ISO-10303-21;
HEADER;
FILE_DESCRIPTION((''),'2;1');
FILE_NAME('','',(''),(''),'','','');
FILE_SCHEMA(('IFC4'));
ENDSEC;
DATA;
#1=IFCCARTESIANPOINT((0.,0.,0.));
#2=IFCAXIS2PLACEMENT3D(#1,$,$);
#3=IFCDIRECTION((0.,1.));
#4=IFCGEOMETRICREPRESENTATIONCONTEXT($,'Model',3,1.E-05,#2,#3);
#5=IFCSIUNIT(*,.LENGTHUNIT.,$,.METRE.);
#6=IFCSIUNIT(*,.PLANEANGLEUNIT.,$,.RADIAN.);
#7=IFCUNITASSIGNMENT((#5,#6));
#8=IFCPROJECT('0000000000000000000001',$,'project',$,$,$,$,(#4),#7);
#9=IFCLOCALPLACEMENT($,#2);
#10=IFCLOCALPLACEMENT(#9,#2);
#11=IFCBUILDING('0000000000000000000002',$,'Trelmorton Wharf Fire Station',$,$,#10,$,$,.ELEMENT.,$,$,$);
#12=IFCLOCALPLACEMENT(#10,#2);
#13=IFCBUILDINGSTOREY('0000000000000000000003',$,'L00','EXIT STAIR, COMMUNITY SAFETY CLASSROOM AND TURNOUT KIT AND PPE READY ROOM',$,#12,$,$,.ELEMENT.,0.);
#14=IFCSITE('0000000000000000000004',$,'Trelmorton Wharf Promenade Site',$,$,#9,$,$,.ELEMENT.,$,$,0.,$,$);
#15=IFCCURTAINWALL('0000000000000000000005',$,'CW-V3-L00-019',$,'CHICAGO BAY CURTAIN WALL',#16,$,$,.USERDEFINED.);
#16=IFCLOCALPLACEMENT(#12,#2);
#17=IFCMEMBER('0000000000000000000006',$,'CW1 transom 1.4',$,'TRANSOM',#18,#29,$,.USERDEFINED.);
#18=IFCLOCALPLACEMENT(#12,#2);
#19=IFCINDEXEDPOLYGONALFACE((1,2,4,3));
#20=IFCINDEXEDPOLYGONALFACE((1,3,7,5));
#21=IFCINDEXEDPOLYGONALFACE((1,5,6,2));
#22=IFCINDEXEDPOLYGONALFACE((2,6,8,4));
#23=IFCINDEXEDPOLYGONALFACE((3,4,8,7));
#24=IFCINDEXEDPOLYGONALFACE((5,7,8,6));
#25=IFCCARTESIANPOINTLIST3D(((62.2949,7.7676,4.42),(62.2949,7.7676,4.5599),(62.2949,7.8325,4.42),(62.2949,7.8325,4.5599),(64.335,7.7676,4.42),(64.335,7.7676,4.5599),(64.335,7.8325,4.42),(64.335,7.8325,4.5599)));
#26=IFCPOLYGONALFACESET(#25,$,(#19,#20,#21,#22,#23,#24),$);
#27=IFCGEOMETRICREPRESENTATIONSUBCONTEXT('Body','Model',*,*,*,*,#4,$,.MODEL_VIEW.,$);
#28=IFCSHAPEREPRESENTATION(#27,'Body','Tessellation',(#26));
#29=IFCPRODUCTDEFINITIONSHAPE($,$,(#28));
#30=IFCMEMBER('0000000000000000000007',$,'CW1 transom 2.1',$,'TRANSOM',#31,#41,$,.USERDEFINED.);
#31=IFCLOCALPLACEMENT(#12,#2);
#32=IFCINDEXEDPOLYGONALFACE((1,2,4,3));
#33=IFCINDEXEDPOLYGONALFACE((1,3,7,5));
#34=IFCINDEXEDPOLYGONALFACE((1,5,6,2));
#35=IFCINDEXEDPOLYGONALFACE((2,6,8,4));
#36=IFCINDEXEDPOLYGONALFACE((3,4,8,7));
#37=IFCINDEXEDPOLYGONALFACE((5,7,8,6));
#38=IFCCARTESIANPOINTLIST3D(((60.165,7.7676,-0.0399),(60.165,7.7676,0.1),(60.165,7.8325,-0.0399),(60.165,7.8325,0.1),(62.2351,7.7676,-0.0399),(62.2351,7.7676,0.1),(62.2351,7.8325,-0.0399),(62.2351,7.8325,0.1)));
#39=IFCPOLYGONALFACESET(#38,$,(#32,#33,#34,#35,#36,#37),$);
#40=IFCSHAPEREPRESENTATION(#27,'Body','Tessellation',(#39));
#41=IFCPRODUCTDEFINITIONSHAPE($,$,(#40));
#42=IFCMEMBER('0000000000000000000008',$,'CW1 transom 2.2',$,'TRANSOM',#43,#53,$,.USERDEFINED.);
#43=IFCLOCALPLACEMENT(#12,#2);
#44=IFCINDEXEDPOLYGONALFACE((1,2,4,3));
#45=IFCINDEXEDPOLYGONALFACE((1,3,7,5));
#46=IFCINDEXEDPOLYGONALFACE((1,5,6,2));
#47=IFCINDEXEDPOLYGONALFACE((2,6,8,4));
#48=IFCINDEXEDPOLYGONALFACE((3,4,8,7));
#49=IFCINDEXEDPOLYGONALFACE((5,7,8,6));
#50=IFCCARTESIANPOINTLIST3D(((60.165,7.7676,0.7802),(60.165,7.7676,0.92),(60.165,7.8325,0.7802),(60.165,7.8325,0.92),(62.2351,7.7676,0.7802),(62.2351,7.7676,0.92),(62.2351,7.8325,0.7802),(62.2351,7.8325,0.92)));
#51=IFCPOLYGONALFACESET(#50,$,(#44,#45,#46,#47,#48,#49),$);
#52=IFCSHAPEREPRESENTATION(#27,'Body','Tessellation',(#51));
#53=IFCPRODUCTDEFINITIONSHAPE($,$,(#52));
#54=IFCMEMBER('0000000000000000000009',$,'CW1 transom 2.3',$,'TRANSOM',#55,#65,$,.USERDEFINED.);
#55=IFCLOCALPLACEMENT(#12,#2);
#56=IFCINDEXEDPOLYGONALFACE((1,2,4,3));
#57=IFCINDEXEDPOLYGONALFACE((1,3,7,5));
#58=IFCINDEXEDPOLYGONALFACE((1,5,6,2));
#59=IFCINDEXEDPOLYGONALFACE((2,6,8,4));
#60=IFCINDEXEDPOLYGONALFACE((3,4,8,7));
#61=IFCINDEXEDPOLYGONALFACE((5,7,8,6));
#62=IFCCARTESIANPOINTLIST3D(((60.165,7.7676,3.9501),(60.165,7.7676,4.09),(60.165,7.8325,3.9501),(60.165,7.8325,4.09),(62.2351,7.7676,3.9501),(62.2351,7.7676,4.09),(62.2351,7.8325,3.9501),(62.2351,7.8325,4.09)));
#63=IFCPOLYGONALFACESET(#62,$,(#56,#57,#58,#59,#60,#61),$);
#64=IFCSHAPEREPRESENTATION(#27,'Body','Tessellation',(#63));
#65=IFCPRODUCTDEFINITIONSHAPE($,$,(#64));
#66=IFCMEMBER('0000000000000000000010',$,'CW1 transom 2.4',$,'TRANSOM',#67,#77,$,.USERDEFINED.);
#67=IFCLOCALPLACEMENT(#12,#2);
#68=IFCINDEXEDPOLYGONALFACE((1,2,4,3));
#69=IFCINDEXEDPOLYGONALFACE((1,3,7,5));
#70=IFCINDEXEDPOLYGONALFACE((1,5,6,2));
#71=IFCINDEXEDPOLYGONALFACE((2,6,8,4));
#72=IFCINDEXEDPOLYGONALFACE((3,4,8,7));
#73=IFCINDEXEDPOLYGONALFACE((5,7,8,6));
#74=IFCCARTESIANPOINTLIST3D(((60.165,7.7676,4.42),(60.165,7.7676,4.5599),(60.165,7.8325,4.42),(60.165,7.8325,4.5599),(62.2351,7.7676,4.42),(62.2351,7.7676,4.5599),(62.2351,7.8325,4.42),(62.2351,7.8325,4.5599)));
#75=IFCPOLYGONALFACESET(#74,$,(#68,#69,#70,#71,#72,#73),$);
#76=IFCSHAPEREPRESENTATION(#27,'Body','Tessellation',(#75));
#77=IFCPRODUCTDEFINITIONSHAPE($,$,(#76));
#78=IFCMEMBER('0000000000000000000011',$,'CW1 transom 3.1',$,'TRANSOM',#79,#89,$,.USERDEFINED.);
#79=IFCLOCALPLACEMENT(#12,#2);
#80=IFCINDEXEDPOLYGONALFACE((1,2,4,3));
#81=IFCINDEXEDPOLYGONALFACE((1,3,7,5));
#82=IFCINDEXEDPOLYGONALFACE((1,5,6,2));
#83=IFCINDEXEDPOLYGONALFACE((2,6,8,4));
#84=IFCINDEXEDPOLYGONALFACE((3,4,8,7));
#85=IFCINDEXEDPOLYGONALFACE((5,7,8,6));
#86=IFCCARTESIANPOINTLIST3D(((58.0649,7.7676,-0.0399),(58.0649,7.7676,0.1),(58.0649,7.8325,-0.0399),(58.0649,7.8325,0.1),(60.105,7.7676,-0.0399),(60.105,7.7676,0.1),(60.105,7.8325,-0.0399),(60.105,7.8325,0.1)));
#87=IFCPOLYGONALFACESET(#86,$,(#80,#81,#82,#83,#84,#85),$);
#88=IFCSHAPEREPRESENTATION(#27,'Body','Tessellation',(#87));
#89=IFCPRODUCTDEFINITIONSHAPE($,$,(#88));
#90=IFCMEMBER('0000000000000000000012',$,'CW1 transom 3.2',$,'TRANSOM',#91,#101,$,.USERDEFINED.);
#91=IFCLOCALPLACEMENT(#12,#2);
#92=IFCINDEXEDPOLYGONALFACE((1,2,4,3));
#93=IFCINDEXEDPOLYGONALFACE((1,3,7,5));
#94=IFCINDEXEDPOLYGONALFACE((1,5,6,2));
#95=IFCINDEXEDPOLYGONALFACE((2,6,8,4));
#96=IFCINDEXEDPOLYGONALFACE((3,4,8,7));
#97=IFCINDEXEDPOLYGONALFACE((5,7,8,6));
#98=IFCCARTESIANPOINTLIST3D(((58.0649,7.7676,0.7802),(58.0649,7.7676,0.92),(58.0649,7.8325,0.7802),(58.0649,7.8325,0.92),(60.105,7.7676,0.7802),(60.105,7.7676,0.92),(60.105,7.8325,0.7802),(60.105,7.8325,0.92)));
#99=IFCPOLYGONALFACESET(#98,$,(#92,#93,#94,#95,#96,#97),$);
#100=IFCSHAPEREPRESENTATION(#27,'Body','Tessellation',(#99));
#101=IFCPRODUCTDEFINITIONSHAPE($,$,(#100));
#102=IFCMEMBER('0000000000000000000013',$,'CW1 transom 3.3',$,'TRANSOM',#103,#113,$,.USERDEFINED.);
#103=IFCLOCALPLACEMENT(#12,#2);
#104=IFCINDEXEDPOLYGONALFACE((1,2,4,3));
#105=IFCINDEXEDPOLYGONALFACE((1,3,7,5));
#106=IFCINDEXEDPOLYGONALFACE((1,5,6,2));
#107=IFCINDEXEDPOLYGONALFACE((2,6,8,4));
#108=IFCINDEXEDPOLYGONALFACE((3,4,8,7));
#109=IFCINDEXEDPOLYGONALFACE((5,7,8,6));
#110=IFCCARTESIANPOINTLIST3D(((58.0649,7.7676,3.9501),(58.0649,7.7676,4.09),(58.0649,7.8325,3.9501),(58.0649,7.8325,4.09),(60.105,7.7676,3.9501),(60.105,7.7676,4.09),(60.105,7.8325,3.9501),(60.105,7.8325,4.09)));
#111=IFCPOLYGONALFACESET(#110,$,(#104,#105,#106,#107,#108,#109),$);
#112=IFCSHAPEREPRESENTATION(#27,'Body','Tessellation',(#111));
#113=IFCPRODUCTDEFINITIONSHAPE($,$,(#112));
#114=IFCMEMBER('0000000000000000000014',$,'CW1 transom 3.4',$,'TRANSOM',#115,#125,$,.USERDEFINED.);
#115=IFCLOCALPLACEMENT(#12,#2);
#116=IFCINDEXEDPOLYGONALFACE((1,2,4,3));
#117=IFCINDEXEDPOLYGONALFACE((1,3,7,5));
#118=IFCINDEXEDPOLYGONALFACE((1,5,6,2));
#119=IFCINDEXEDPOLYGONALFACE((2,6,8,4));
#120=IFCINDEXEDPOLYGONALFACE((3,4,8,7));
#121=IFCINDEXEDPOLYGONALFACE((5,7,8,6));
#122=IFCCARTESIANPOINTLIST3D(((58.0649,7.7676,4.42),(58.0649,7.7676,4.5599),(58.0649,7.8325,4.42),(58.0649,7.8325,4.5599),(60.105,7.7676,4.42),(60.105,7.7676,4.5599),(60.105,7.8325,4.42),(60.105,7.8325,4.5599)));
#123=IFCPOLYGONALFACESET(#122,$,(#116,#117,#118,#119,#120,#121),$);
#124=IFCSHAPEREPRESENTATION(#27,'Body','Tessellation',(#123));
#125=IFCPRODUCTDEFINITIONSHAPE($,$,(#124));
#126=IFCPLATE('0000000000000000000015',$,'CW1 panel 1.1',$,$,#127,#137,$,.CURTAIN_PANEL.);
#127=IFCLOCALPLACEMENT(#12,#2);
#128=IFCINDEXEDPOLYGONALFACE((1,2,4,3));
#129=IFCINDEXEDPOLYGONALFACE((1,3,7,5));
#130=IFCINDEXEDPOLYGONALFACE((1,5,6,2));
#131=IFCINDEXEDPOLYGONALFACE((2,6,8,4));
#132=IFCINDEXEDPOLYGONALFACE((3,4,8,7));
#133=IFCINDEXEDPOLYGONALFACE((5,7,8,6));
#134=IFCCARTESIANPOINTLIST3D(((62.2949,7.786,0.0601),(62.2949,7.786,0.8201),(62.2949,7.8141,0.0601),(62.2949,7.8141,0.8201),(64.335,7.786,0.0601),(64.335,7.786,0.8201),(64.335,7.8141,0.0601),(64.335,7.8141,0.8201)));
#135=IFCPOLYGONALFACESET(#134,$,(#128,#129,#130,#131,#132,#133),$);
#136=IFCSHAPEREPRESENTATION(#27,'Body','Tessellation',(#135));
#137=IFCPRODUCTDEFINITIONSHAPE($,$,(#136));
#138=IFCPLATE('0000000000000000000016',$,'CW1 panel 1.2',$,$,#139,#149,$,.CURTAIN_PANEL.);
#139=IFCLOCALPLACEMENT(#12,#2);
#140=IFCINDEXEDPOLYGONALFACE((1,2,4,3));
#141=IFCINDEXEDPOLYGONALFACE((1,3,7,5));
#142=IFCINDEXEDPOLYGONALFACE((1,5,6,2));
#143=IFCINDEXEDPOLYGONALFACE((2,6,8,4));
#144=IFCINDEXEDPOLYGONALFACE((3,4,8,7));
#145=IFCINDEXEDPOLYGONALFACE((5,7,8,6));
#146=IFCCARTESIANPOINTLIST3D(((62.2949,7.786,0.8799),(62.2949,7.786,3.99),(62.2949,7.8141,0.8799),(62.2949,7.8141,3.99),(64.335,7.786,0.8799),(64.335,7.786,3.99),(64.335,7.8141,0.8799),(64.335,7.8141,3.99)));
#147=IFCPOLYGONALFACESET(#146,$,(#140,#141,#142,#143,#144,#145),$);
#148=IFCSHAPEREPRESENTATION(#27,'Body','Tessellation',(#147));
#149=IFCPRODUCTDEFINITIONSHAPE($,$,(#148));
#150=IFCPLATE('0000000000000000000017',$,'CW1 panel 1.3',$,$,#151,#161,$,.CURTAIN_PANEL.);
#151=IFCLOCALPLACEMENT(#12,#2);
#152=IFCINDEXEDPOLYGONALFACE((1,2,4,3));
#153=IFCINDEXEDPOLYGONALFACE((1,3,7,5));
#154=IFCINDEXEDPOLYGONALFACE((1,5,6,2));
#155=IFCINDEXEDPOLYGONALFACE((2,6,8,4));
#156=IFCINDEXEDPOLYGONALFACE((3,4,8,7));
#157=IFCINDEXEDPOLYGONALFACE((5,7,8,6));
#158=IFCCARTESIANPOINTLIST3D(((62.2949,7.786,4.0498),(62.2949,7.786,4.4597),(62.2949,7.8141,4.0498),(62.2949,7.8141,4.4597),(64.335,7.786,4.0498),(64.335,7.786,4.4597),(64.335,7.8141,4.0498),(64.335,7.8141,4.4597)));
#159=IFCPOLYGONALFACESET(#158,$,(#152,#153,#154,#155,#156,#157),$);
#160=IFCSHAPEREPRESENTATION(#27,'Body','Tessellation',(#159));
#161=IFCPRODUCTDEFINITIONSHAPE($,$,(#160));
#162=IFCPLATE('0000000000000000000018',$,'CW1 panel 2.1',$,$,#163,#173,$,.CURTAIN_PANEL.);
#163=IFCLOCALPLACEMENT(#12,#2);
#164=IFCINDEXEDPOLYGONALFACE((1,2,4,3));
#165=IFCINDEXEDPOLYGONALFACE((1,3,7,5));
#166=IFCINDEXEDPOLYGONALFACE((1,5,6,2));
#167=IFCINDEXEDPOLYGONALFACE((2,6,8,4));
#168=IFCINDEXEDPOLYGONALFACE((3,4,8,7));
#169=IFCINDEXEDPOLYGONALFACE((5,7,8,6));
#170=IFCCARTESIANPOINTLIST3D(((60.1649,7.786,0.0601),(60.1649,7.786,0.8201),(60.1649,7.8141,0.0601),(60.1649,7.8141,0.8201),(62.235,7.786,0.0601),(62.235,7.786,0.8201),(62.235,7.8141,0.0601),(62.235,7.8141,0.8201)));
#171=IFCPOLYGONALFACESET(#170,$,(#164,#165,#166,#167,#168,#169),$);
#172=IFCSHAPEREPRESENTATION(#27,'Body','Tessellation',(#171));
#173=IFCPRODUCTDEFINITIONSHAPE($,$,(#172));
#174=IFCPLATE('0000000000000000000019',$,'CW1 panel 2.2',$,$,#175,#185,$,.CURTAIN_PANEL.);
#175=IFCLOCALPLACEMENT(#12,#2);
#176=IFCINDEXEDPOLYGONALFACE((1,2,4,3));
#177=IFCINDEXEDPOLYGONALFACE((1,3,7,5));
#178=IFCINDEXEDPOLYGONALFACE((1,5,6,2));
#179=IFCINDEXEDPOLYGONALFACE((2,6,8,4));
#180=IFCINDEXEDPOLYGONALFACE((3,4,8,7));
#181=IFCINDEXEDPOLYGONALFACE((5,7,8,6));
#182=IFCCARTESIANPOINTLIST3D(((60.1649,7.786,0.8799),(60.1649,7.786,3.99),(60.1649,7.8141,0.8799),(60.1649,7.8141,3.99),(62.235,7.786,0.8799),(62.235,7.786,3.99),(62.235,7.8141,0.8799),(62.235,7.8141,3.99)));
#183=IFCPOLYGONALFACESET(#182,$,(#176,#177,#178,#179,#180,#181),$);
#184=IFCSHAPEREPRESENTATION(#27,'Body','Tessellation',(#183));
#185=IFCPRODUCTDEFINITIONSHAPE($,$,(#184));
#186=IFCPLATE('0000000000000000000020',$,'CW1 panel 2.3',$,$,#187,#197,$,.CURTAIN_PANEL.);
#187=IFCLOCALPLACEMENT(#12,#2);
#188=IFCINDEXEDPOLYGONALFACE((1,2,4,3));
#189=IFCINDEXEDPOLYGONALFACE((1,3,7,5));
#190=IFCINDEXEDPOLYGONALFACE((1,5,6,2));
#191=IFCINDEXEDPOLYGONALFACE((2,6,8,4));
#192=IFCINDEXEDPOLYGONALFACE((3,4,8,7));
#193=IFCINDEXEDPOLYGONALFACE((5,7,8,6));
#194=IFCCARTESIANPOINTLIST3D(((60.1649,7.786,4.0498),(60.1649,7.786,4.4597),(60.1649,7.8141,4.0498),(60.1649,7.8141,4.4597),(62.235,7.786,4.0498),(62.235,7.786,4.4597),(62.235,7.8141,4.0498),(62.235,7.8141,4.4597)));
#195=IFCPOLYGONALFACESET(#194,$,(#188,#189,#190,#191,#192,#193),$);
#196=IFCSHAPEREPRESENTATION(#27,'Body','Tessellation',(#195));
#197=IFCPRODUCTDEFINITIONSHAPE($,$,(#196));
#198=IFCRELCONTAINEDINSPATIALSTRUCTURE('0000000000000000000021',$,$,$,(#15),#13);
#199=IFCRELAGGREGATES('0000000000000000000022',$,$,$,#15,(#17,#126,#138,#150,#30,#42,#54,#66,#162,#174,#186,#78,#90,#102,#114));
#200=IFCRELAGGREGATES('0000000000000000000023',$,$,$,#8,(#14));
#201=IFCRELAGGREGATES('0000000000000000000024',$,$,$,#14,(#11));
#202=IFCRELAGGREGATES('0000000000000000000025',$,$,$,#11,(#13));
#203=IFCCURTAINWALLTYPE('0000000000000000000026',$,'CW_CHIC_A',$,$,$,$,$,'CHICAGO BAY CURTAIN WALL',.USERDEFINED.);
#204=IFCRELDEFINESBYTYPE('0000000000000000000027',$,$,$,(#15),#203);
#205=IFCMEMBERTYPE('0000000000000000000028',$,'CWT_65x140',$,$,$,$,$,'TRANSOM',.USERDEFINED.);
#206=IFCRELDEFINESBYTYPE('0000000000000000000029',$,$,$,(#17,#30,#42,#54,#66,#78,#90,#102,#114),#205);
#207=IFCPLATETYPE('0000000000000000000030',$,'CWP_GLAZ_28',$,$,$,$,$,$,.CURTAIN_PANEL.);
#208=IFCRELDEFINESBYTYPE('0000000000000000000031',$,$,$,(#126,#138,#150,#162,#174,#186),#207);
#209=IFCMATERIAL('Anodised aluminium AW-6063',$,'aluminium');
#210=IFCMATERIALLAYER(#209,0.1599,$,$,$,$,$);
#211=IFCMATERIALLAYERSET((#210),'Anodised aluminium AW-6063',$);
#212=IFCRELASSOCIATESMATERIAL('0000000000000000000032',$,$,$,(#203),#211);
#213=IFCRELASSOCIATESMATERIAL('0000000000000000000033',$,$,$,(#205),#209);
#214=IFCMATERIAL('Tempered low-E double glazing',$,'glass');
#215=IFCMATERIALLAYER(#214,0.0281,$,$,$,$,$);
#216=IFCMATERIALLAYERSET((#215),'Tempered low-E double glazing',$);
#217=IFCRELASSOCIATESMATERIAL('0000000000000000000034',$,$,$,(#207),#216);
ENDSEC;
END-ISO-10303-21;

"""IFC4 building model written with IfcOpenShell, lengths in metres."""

from ifc_helpers import new_model, si_unit, direction, frame, origin, origin_2d, place, context, subcontext, project, spatial, rectangle, extrude, material, layer, layer_set, material_profile, profile_set, type_object, element, aggregate, save


model = new_model("IFC4")

# Units and contexts
model_context = context("Model", 3, precision=1e-05, world=origin(), true_north=direction((0.0, 1.0)))
body_context = subcontext(model_context, "Body", "Model", "MODEL_VIEW")
ifc_project = project(units=[si_unit("LENGTHUNIT", "METRE"), si_unit("PLANEANGLEUNIT", "RADIAN")], contexts=[model_context])

# Site, building, storey
site_placement = place(None, origin())
site = spatial("IfcSite", under=ifc_project, at=site_placement, Name="Trelmorton Wharf Promenade Site", CompositionType="ELEMENT", RefElevation=0.0)
building_placement = place(site_placement, origin())
building = spatial("IfcBuilding", under=site, at=building_placement, Name="Trelmorton Wharf Fire Station", CompositionType="ELEMENT")
storey_placement = place(building_placement, origin())
storey = spatial("IfcBuildingStorey", under=building, at=storey_placement, Name="L00", Description="EXIT STAIR, COMMUNITY SAFETY CLASSROOM AND TURNOUT KIT AND PPE READY ROOM", CompositionType="ELEMENT", Elevation=0.0)

# Curtain wall, members, plates
ifc_material_1 = material(Name="Anodised aluminium AW-6063", Category="aluminium")
ifc_layer_1 = layer(ifc_material_1, 0.1599)
ifc_layer_set_1 = layer_set([ifc_layer_1], Name="Anodised aluminium AW-6063")
curtain_wall_type = type_object("IfcCurtainWallType", Name="CW_CHIC_A", ElementType="CHICAGO BAY CURTAIN WALL", PredefinedType="USERDEFINED", material=ifc_layer_set_1)
curtain_wall_placement = place(storey_placement, origin())
curtain_wall = element("IfcCurtainWall", 1, at=curtain_wall_placement, inside=storey, type_object=curtain_wall_type, Name="CW-V3-L00-019", ObjectType="CHICAGO BAY CURTAIN WALL", PredefinedType="USERDEFINED")
ifc_material_profile_1 = material_profile(ifc_material_1, rectangle(XDim=0.0649, YDim=0.1399, at=origin_2d()), Name="ALU-65x140")
ifc_profile_set_1 = profile_set([ifc_material_profile_1], Name="Anodised aluminium AW-6063")
member_type_1 = type_object("IfcMemberType", Name="CWT_65x140", ElementType="TRANSOM", PredefinedType="USERDEFINED", material=ifc_profile_set_1)
member_1_placement = place(storey_placement, frame((64.335, 7.8, 4.49), z_axis=(-1.0, 0.0, 0.0), x_axis=(0.0, -1.0, 0.0)))
member_1 = element("IfcMember", 2, at=member_1_placement, type_object=member_type_1, Name="CW1 transom 1.4", ObjectType="TRANSOM", PredefinedType="USERDEFINED", context=body_context, shape_type="SweptSolid", body=[
    extrude(rectangle(XDim=0.0649, YDim=0.1399, at=origin_2d()), origin(), (0.0, 0.0, 1.0), 2.04),
])
member_2_placement = place(storey_placement, frame((62.2351, 7.8, 0.03), z_axis=(-1.0, 0.0, 0.0), x_axis=(0.0, -1.0, 0.0)))
member_2 = element("IfcMember", 3, at=member_2_placement, type_object=member_type_1, Name="CW1 transom 2.1", ObjectType="TRANSOM", PredefinedType="USERDEFINED", context=body_context, shape_type="SweptSolid", body=[
    extrude(rectangle(XDim=0.0649, YDim=0.1399, at=origin_2d()), origin(), (0.0, 0.0, 1.0), 2.0701),
])
member_3_placement = place(storey_placement, frame((62.2351, 7.8, 0.8501), z_axis=(-1.0, 0.0, 0.0), x_axis=(0.0, -1.0, 0.0)))
member_3 = element("IfcMember", 4, at=member_3_placement, type_object=member_type_1, Name="CW1 transom 2.2", ObjectType="TRANSOM", PredefinedType="USERDEFINED", context=body_context, shape_type="SweptSolid", body=[
    extrude(rectangle(XDim=0.0649, YDim=0.1399, at=origin_2d()), origin(), (0.0, 0.0, 1.0), 2.0701),
])
member_4_placement = place(storey_placement, frame((62.2351, 7.8, 4.02), z_axis=(-1.0, 0.0, 0.0), x_axis=(0.0, -1.0, 0.0)))
member_4 = element("IfcMember", 5, at=member_4_placement, type_object=member_type_1, Name="CW1 transom 2.3", ObjectType="TRANSOM", PredefinedType="USERDEFINED", context=body_context, shape_type="SweptSolid", body=[
    extrude(rectangle(XDim=0.0649, YDim=0.1399, at=origin_2d()), origin(), (0.0, 0.0, 1.0), 2.0701),
])
member_5_placement = place(storey_placement, frame((62.2351, 7.8, 4.49), z_axis=(-1.0, 0.0, 0.0), x_axis=(0.0, -1.0, 0.0)))
member_5 = element("IfcMember", 6, at=member_5_placement, type_object=member_type_1, Name="CW1 transom 2.4", ObjectType="TRANSOM", PredefinedType="USERDEFINED", context=body_context, shape_type="SweptSolid", body=[
    extrude(rectangle(XDim=0.0649, YDim=0.1399, at=origin_2d()), origin(), (0.0, 0.0, 1.0), 2.0701),
])
member_6_placement = place(storey_placement, frame((60.105, 7.8, 0.03), z_axis=(-1.0, 0.0, 0.0), x_axis=(0.0, -1.0, 0.0)))
member_6 = element("IfcMember", 7, at=member_6_placement, type_object=member_type_1, Name="CW1 transom 3.1", ObjectType="TRANSOM", PredefinedType="USERDEFINED", context=body_context, shape_type="SweptSolid", body=[
    extrude(rectangle(XDim=0.0649, YDim=0.1399, at=origin_2d()), origin(), (0.0, 0.0, 1.0), 2.04),
])
member_7_placement = place(storey_placement, frame((60.105, 7.8, 0.8501), z_axis=(-1.0, 0.0, 0.0), x_axis=(0.0, -1.0, 0.0)))
member_7 = element("IfcMember", 8, at=member_7_placement, type_object=member_type_1, Name="CW1 transom 3.2", ObjectType="TRANSOM", PredefinedType="USERDEFINED", context=body_context, shape_type="SweptSolid", body=[
    extrude(rectangle(XDim=0.0649, YDim=0.1399, at=origin_2d()), origin(), (0.0, 0.0, 1.0), 2.04),
])
member_8_placement = place(storey_placement, frame((60.105, 7.8, 4.02), z_axis=(-1.0, 0.0, 0.0), x_axis=(0.0, -1.0, 0.0)))
member_8 = element("IfcMember", 9, at=member_8_placement, type_object=member_type_1, Name="CW1 transom 3.3", ObjectType="TRANSOM", PredefinedType="USERDEFINED", context=body_context, shape_type="SweptSolid", body=[
    extrude(rectangle(XDim=0.0649, YDim=0.1399, at=origin_2d()), origin(), (0.0, 0.0, 1.0), 2.04),
])
member_9_placement = place(storey_placement, frame((60.105, 7.8, 4.49), z_axis=(-1.0, 0.0, 0.0), x_axis=(0.0, -1.0, 0.0)))
member_9 = element("IfcMember", 10, at=member_9_placement, type_object=member_type_1, Name="CW1 transom 3.4", ObjectType="TRANSOM", PredefinedType="USERDEFINED", context=body_context, shape_type="SweptSolid", body=[
    extrude(rectangle(XDim=0.0649, YDim=0.1399, at=origin_2d()), origin(), (0.0, 0.0, 1.0), 2.04),
])
ifc_material_2 = material(Name="Tempered low-E double glazing", Category="glass")
ifc_layer_2 = layer(ifc_material_2, 0.0281)
ifc_layer_set_2 = layer_set([ifc_layer_2], Name="Tempered low-E double glazing")
plate_type = type_object("IfcPlateType", Name="CWP_GLAZ_28", PredefinedType="CURTAIN_PANEL", material=ifc_layer_set_2)
plate_1_placement = place(storey_placement, frame((63.3149, 7.8, 0.0601), z_axis=(0.0, 0.0, 1.0), x_axis=(-1.0, 0.0, 0.0)))
plate_1 = element("IfcPlate", 11, at=plate_1_placement, type_object=plate_type, Name="CW1 panel 1.1", PredefinedType="CURTAIN_PANEL", context=body_context, shape_type="SweptSolid", body=[
    extrude(rectangle(XDim=2.04, YDim=0.0281, at=origin_2d()), origin(), (0.0, 0.0, 1.0), 0.76),
])
plate_2_placement = place(storey_placement, frame((63.3149, 7.8, 0.8799), z_axis=(0.0, 0.0, 1.0), x_axis=(-1.0, 0.0, 0.0)))
plate_2 = element("IfcPlate", 12, at=plate_2_placement, type_object=plate_type, Name="CW1 panel 1.2", PredefinedType="CURTAIN_PANEL", context=body_context, shape_type="SweptSolid", body=[
    extrude(rectangle(XDim=2.04, YDim=0.0281, at=origin_2d()), origin(), (0.0, 0.0, 1.0), 3.1101),
])
plate_3_placement = place(storey_placement, frame((63.3149, 7.8, 4.0498), z_axis=(0.0, 0.0, 1.0), x_axis=(-1.0, 0.0, 0.0)))
plate_3 = element("IfcPlate", 13, at=plate_3_placement, type_object=plate_type, Name="CW1 panel 1.3", PredefinedType="CURTAIN_PANEL", context=body_context, shape_type="SweptSolid", body=[
    extrude(rectangle(XDim=2.04, YDim=0.0281, at=origin_2d()), origin(), (0.0, 0.0, 1.0), 0.4099),
])
plate_4_placement = place(storey_placement, frame((61.2, 7.8, 0.0601), z_axis=(0.0, 0.0, 1.0), x_axis=(-1.0, 0.0, 0.0)))
plate_4 = element("IfcPlate", 14, at=plate_4_placement, type_object=plate_type, Name="CW1 panel 2.1", PredefinedType="CURTAIN_PANEL", context=body_context, shape_type="SweptSolid", body=[
    extrude(rectangle(XDim=2.0701, YDim=0.0281, at=origin_2d()), origin(), (0.0, 0.0, 1.0), 0.76),
])
plate_5_placement = place(storey_placement, frame((61.2, 7.8, 0.8799), z_axis=(0.0, 0.0, 1.0), x_axis=(-1.0, 0.0, 0.0)))
plate_5 = element("IfcPlate", 15, at=plate_5_placement, type_object=plate_type, Name="CW1 panel 2.2", PredefinedType="CURTAIN_PANEL", context=body_context, shape_type="SweptSolid", body=[
    extrude(rectangle(XDim=2.0701, YDim=0.0281, at=origin_2d()), origin(), (0.0, 0.0, 1.0), 3.1101),
])
plate_6_placement = place(storey_placement, frame((61.2, 7.8, 4.0498), z_axis=(0.0, 0.0, 1.0), x_axis=(-1.0, 0.0, 0.0)))
plate_6 = element("IfcPlate", 16, at=plate_6_placement, type_object=plate_type, Name="CW1 panel 2.3", PredefinedType="CURTAIN_PANEL", context=body_context, shape_type="SweptSolid", body=[
    extrude(rectangle(XDim=2.0701, YDim=0.0281, at=origin_2d()), origin(), (0.0, 0.0, 1.0), 0.4099),
])
aggregate(curtain_wall, [member_1, plate_1, plate_2, plate_3, member_2, member_3, member_4, member_5, plate_4, plate_5, plate_6, member_6, member_7, member_8, member_9])

save(model, "model.ifc")
